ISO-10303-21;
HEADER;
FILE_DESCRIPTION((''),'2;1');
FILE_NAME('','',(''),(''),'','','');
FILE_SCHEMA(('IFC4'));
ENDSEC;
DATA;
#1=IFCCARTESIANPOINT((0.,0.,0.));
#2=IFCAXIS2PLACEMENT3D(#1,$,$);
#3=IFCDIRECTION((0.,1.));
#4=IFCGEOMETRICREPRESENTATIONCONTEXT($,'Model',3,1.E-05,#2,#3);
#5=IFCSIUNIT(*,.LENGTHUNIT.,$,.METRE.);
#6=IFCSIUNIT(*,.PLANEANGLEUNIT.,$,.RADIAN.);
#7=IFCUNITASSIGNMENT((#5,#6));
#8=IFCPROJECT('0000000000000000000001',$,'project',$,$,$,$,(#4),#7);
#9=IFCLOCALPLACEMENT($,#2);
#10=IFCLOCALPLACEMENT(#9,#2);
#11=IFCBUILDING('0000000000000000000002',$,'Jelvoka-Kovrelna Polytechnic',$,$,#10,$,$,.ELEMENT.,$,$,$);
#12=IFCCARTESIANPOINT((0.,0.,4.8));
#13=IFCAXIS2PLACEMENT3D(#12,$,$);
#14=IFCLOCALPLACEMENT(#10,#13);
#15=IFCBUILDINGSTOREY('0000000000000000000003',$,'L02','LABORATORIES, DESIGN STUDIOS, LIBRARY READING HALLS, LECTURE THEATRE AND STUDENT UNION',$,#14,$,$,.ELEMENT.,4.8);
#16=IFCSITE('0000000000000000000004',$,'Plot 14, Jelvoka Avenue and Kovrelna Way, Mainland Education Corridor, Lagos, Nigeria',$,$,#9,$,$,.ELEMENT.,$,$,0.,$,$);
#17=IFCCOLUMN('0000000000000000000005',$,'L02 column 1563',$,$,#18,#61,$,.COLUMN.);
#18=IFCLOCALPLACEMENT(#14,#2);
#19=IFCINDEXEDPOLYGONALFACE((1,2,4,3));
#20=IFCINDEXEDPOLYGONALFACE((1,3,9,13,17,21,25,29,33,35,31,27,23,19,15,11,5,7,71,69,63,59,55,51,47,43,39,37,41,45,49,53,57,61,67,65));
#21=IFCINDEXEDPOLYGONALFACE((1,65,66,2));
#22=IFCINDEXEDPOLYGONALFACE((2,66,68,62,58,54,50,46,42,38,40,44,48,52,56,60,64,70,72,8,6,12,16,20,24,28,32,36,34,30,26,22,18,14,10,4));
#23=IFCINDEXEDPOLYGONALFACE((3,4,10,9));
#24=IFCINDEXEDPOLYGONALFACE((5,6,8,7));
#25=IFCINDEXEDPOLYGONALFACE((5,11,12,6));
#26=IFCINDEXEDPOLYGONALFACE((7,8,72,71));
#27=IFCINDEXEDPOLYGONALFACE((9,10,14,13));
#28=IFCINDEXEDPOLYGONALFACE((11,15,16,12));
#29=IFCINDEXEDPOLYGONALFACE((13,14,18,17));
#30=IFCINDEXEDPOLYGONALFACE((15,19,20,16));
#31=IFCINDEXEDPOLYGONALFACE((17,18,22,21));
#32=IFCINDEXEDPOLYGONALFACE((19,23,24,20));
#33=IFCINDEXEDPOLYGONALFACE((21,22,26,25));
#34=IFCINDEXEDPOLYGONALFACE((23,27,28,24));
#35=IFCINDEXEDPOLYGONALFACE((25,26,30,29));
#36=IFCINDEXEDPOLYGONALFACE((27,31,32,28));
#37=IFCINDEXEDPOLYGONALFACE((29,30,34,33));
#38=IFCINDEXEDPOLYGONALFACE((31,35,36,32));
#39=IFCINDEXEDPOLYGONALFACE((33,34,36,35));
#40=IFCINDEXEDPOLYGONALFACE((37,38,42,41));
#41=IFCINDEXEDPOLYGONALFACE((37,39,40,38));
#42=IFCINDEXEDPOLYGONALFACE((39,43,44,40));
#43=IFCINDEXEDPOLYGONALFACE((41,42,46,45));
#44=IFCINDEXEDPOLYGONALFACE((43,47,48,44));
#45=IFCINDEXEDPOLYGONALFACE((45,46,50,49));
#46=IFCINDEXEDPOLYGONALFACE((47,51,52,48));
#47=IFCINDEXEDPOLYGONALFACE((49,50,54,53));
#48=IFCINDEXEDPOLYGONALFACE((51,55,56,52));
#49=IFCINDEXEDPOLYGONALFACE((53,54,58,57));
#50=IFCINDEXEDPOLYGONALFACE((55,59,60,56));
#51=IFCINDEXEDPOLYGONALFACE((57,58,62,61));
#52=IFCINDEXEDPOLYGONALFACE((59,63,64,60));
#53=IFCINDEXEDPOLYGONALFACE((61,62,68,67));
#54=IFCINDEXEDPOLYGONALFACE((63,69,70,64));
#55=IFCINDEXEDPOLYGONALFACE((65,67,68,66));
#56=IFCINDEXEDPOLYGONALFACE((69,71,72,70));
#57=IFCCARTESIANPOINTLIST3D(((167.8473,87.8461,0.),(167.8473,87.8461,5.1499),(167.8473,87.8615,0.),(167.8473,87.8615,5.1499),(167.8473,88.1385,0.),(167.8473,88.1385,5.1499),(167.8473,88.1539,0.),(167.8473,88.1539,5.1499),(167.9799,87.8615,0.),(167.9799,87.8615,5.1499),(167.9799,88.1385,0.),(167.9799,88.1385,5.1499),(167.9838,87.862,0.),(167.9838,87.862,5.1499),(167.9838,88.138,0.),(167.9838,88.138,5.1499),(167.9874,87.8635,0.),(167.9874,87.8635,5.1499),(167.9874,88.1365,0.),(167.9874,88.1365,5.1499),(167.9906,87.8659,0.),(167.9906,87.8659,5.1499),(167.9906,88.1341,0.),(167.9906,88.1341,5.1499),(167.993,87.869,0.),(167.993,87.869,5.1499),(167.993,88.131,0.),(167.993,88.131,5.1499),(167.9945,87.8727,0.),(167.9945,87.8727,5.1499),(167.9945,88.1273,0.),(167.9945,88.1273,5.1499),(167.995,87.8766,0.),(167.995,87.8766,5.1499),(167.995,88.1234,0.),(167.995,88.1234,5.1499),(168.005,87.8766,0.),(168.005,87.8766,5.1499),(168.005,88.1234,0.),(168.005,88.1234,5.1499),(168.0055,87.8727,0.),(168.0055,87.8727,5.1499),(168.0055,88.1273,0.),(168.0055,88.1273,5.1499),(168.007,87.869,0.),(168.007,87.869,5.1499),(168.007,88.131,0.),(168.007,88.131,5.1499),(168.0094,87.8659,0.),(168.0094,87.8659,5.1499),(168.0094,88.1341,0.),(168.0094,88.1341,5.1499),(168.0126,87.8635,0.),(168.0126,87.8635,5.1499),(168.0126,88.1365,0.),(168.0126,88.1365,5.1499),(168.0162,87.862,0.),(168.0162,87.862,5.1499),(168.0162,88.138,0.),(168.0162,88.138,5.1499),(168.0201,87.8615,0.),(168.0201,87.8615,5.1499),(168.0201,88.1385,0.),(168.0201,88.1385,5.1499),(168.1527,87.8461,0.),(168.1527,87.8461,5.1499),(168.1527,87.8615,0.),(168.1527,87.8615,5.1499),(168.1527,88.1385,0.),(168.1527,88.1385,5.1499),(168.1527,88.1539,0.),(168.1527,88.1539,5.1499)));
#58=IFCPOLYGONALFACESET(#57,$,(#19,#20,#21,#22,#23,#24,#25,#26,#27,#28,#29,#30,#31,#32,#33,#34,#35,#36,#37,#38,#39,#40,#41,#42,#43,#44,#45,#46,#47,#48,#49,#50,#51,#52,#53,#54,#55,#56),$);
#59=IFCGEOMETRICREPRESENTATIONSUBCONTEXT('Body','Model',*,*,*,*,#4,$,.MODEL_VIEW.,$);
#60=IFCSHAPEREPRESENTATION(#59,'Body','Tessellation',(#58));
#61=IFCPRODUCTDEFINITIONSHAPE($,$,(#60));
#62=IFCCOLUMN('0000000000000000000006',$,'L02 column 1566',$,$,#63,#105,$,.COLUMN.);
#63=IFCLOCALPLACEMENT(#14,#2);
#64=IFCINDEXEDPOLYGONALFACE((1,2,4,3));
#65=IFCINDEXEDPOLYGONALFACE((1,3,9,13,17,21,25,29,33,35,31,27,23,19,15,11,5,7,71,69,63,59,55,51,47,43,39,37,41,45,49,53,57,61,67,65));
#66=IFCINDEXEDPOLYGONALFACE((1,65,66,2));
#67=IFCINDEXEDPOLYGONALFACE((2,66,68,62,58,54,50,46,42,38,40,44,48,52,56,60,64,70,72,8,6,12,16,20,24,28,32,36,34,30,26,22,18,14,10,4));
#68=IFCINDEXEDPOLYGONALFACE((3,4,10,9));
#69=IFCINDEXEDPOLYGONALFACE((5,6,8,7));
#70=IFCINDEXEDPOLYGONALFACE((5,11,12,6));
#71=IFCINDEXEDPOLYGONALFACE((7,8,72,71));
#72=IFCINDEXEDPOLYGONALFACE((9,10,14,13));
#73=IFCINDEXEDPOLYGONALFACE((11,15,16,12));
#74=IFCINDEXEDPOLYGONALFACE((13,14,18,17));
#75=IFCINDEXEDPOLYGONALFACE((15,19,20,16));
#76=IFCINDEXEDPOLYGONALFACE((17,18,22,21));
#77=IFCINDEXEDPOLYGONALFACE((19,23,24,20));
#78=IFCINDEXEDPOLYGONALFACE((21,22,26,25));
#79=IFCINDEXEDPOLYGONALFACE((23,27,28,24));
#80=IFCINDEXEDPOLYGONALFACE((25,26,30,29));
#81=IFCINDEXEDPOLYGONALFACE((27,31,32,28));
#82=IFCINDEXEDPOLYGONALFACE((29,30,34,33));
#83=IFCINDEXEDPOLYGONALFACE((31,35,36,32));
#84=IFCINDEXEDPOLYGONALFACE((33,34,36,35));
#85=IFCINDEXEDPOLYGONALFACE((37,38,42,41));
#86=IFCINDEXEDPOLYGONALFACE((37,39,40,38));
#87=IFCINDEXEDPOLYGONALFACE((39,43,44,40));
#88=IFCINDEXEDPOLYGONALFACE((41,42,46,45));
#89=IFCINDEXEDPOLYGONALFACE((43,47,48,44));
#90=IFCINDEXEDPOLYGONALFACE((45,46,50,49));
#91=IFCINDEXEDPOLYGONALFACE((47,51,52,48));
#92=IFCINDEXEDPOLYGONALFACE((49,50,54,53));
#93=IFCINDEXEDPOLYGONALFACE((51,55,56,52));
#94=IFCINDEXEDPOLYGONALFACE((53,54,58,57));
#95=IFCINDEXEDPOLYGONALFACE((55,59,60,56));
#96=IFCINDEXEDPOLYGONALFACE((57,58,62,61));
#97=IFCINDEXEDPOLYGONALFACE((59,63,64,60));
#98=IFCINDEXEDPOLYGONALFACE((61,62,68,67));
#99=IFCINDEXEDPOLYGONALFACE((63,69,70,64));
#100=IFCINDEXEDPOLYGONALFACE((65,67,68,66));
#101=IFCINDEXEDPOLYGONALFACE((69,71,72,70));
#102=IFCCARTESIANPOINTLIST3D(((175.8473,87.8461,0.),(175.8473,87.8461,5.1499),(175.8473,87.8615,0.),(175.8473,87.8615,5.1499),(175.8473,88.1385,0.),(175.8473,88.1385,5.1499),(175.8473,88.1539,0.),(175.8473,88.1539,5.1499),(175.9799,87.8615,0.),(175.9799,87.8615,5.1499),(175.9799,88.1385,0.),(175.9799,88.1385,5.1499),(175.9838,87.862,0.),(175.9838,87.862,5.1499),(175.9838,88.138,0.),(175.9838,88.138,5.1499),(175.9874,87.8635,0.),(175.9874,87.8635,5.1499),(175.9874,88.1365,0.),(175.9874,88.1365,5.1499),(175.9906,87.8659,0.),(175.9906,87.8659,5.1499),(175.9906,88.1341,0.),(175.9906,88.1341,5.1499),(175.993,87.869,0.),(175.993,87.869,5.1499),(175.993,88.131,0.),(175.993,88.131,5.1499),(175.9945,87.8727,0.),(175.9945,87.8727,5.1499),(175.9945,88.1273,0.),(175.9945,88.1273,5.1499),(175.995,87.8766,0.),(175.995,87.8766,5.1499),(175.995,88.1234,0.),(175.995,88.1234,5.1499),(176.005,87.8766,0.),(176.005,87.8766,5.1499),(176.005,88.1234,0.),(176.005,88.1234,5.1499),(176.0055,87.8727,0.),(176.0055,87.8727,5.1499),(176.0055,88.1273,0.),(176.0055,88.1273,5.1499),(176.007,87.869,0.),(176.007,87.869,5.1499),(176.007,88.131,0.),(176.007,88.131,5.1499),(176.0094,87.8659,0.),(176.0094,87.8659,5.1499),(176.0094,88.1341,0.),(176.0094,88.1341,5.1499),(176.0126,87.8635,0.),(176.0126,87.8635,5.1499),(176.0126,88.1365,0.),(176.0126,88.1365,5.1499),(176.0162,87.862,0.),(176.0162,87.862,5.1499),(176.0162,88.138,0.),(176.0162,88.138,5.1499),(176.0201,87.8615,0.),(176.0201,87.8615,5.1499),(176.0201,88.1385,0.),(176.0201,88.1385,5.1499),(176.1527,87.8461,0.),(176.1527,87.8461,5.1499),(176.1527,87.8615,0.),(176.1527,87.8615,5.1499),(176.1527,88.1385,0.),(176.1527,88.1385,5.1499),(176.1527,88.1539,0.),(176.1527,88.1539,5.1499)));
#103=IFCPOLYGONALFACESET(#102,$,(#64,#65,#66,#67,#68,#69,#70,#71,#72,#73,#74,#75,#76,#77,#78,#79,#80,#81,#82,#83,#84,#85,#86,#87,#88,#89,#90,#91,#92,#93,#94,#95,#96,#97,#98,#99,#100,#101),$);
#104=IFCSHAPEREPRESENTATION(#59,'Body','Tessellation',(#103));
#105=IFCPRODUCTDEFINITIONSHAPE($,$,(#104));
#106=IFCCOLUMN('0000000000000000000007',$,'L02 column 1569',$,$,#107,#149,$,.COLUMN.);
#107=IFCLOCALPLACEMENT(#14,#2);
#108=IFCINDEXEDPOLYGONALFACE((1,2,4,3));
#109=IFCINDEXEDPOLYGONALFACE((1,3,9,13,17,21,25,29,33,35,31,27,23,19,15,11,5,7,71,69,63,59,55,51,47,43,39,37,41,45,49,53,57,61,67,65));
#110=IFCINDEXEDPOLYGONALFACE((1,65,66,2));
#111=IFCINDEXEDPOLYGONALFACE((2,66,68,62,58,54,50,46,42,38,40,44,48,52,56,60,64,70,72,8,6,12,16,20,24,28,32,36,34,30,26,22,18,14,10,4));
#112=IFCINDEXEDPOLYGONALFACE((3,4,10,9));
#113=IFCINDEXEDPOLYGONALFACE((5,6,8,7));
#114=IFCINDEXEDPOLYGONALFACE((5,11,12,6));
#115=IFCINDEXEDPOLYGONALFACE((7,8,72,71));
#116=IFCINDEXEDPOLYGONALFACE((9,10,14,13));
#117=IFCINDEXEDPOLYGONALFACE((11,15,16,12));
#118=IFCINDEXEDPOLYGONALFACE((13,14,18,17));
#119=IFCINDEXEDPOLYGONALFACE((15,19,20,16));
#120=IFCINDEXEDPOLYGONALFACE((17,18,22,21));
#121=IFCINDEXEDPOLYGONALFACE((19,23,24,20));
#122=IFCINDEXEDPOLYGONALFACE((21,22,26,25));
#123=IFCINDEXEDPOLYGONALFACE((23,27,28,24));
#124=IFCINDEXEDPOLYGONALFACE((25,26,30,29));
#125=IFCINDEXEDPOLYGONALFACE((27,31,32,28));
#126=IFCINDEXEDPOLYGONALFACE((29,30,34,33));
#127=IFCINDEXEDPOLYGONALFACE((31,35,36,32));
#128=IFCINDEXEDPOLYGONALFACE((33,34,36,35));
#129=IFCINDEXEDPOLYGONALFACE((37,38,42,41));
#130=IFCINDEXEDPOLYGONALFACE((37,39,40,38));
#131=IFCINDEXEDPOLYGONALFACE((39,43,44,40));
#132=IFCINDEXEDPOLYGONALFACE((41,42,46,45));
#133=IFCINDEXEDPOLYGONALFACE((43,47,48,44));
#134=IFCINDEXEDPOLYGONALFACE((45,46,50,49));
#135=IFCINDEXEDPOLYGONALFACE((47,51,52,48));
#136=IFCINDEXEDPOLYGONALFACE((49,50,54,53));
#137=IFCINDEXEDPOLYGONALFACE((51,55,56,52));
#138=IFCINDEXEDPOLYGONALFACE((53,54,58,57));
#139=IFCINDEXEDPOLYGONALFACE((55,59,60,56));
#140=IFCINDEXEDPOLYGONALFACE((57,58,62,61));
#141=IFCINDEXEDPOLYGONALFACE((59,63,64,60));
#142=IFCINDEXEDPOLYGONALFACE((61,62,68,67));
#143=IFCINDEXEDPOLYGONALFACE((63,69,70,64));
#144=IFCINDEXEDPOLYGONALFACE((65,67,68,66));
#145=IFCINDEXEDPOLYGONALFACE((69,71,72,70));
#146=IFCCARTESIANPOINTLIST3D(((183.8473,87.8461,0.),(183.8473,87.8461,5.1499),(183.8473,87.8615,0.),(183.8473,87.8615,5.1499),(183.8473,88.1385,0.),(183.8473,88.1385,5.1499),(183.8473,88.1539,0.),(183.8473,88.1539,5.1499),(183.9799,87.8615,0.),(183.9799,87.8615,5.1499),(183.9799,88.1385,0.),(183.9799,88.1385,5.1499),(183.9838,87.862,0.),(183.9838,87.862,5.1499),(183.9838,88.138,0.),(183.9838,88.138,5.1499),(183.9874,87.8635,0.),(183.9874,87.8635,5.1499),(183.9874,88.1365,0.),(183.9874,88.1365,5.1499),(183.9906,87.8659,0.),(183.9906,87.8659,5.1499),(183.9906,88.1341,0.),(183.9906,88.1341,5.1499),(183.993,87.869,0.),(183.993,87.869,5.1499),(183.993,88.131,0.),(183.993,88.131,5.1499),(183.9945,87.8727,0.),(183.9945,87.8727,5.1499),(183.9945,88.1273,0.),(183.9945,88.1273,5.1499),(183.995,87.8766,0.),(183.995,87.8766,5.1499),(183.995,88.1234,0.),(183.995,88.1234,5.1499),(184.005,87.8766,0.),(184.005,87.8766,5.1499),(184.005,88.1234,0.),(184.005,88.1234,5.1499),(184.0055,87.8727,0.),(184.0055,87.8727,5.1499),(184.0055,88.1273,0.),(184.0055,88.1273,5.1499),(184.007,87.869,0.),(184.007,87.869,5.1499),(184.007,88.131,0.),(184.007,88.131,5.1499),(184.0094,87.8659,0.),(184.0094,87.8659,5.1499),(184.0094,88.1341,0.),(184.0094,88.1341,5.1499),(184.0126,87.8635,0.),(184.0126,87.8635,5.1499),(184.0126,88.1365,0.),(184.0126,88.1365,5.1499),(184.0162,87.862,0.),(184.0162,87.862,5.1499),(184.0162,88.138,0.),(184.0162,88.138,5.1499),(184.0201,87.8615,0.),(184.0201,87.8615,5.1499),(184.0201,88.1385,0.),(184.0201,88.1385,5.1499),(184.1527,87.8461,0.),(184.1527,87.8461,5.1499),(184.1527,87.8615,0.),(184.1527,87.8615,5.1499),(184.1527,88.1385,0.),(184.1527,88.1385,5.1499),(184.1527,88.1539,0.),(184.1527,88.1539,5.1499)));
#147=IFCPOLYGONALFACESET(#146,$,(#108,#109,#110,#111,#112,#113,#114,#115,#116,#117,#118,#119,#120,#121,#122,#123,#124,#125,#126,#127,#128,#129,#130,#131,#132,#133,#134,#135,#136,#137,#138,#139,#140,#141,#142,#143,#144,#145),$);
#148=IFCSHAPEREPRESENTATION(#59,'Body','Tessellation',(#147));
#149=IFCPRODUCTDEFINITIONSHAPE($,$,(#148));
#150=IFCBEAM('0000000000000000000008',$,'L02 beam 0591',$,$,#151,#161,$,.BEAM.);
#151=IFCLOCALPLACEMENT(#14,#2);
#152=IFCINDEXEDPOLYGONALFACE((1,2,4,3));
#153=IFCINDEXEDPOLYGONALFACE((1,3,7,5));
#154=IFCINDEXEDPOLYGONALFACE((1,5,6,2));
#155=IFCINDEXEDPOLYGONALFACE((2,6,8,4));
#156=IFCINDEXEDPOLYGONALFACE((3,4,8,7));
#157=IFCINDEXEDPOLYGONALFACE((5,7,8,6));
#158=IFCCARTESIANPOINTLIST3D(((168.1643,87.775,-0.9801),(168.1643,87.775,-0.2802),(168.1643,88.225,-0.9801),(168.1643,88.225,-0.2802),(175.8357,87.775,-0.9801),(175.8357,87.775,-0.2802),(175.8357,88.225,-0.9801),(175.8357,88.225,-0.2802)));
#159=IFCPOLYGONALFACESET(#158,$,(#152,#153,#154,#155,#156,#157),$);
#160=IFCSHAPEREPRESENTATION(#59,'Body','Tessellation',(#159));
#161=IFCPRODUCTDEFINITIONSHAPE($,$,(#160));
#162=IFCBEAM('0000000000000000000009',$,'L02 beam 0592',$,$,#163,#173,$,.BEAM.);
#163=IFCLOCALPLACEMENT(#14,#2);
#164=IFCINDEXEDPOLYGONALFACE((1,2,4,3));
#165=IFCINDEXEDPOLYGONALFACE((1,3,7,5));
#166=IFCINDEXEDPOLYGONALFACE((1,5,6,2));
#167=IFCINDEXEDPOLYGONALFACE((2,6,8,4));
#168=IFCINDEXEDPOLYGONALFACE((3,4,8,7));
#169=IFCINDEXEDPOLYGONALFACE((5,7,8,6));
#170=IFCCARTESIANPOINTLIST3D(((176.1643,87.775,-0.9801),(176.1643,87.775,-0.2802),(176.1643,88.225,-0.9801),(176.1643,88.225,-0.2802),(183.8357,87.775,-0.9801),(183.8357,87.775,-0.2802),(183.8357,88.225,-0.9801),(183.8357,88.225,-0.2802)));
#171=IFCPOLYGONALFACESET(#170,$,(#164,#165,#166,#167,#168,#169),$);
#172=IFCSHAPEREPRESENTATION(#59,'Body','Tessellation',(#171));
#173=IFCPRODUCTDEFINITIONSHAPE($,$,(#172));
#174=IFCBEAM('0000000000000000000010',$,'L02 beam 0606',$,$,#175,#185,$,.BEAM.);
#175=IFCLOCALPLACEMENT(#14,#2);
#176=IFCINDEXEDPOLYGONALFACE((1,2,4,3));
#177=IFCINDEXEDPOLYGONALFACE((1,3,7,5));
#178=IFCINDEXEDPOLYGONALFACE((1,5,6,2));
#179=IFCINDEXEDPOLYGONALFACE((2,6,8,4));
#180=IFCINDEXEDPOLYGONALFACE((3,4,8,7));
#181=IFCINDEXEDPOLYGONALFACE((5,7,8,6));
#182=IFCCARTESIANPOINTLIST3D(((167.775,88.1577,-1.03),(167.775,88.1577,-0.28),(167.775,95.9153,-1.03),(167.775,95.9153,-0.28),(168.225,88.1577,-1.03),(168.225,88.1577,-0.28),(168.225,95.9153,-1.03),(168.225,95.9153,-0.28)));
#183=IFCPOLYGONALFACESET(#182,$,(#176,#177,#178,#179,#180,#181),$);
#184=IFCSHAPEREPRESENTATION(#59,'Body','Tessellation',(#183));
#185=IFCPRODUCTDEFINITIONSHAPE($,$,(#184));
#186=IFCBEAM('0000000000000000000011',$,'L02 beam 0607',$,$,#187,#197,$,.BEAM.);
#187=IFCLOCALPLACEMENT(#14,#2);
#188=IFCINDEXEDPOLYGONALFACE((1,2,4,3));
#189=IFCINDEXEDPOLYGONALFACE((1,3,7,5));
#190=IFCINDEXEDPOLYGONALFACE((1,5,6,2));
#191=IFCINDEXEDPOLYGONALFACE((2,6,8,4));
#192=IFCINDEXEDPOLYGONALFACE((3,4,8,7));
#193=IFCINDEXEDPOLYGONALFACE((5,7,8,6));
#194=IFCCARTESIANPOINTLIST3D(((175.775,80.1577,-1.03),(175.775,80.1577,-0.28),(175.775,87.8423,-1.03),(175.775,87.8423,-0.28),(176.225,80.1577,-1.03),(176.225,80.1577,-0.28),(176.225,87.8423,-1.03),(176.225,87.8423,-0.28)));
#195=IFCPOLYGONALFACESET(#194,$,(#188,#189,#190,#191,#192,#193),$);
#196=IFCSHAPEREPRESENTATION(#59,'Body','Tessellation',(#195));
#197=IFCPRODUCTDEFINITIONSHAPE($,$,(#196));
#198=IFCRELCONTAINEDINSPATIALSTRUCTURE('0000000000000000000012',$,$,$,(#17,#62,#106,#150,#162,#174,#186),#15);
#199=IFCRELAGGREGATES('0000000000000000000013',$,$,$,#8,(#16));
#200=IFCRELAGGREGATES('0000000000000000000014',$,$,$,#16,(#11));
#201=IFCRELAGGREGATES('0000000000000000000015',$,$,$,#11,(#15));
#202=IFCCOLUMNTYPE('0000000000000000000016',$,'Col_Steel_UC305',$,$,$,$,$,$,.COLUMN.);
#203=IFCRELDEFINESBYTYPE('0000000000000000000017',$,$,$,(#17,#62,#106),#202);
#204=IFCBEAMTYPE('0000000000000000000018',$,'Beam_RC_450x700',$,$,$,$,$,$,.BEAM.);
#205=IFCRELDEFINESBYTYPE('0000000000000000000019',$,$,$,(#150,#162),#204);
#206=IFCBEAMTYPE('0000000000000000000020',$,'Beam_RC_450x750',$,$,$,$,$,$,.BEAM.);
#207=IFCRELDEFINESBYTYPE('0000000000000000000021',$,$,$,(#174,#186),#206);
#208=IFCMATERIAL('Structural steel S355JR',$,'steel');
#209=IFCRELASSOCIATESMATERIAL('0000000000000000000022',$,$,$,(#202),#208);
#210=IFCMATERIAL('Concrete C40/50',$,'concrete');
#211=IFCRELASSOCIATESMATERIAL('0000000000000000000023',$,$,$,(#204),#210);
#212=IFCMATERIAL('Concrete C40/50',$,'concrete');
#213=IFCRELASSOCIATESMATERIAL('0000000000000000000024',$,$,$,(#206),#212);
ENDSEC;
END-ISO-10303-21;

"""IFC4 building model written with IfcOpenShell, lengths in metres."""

from ifc_helpers import new_model, si_unit, direction, frame, origin, origin_2d, place, context, subcontext, project, spatial, rectangle, i_section, extrude, material, material_profile, profile_set, type_object, element, save


model = new_model("IFC4")

# Units and contexts
model_context = context("Model", 3, precision=1e-05, world=origin(), true_north=direction((0.0, 1.0)))
body_context = subcontext(model_context, "Body", "Model", "MODEL_VIEW")
ifc_project = project(units=[si_unit("LENGTHUNIT", "METRE"), si_unit("PLANEANGLEUNIT", "RADIAN")], contexts=[model_context])

# Site, building, storey
site_placement = place(None, origin())
site = spatial("IfcSite", under=ifc_project, at=site_placement, Name="Plot 14, Jelvoka Avenue and Kovrelna Way, Mainland Education Corridor, Lagos, Nigeria", CompositionType="ELEMENT", RefElevation=0.0)
building_placement = place(site_placement, origin())
building = spatial("IfcBuilding", under=site, at=building_placement, Name="Jelvoka-Kovrelna Polytechnic", CompositionType="ELEMENT")
storey_placement = place(building_placement, frame((0.0, 0.0, 4.8)))
storey = spatial("IfcBuildingStorey", under=building, at=storey_placement, Name="L02", Description="LABORATORIES, DESIGN STUDIOS, LIBRARY READING HALLS, LECTURE THEATRE AND STUDENT UNION", CompositionType="ELEMENT", Elevation=4.8)

# Columns
ifc_material_1 = material(Name="Structural steel S355JR", Category="steel")
ifc_material_profile_1 = material_profile(ifc_material_1, i_section(OverallWidth=0.3054, OverallDepth=0.3079, WebThickness=0.01, FlangeThickness=0.0154, FilletRadius=0.0151, at=origin_2d()), Name="305x305x97 UC")
ifc_profile_set_1 = profile_set([ifc_material_profile_1], Name="Structural steel S355JR")
column_type = type_object("IfcColumnType", Name="Col_Steel_UC305", PredefinedType="COLUMN", material=ifc_profile_set_1)
for number, where, z_axis, x_axis, name in (
    (1, (168.0, 88.0, 0.0), (0.0, 0.0, 1.0), (1.0, 0.0, 0.0), "L02 column 1563"),
    (2, (176.0, 88.0, 0.0), (0.0, 0.0, 1.0), (1.0, 0.0, 0.0), "L02 column 1566"),
    (3, (184.0, 88.0, 0.0), (0.0, 0.0, 1.0), (1.0, 0.0, 0.0), "L02 column 1569"),
):
    element("IfcColumn", number, at=place(storey_placement, frame(where, z_axis=z_axis, x_axis=x_axis)), inside=storey, type_object=column_type, Name=name, PredefinedType="COLUMN", context=body_context, shape_type="SweptSolid", body=[
        extrude(i_section(OverallWidth=0.3054, OverallDepth=0.3079, WebThickness=0.01, FlangeThickness=0.0154, FilletRadius=0.0151, at=origin_2d()), origin(), (0.0, 0.0, 1.0), 5.1499),
    ])

# Beams
ifc_material_2 = material(Name="Concrete C40/50", Category="concrete")
ifc_material_profile_2 = material_profile(ifc_material_2, rectangle(XDim=0.45, YDim=0.7, at=origin_2d()), Name="RC 450x700")
ifc_profile_set_2 = profile_set([ifc_material_profile_2], Name="Concrete C40/50")
beam_type_1 = type_object("IfcBeamType", Name="Beam_RC_450x700", PredefinedType="BEAM", material=ifc_profile_set_2)
for number, where, z_axis, x_axis, name in (
    (4, (168.1643, 88.0, -0.6301), (1.0, 0.0, 0.0), (0.0, 1.0, 0.0), "L02 beam 0591"),
    (5, (176.1643, 88.0, -0.6301), (1.0, 0.0, 0.0), (0.0, 1.0, 0.0), "L02 beam 0592"),
):
    element("IfcBeam", number, at=place(storey_placement, frame(where, z_axis=z_axis, x_axis=x_axis)), inside=storey, type_object=beam_type_1, Name=name, PredefinedType="BEAM", context=body_context, shape_type="SweptSolid", body=[
        extrude(rectangle(XDim=0.45, YDim=0.7, at=origin_2d()), origin(), (0.0, 0.0, 1.0), 7.6714),
    ])
ifc_material_3 = material(Name="Concrete C40/50", Category="concrete")
ifc_material_profile_3 = material_profile(ifc_material_3, rectangle(XDim=0.45, YDim=0.75, at=origin_2d()), Name="RC 450x750")
ifc_profile_set_3 = profile_set([ifc_material_profile_3], Name="Concrete C40/50")
beam_type_2 = type_object("IfcBeamType", Name="Beam_RC_450x750", PredefinedType="BEAM", material=ifc_profile_set_3)
beam_1_placement = place(storey_placement, frame((168.0, 88.1577, -0.655), z_axis=(0.0, 1.0, 0.0), x_axis=(-1.0, 0.0, 0.0)))
element("IfcBeam", 6, at=beam_1_placement, inside=storey, type_object=beam_type_2, Name="L02 beam 0606", PredefinedType="BEAM", context=body_context, shape_type="SweptSolid", body=[
    extrude(rectangle(XDim=0.45, YDim=0.75, at=origin_2d()), origin(), (0.0, 0.0, 1.0), 7.7576),
])
beam_2_placement = place(storey_placement, frame((176.0, 80.1577, -0.655), z_axis=(0.0, 1.0, 0.0), x_axis=(-1.0, 0.0, 0.0)))
element("IfcBeam", 7, at=beam_2_placement, inside=storey, type_object=beam_type_2, Name="L02 beam 0607", PredefinedType="BEAM", context=body_context, shape_type="SweptSolid", body=[
    extrude(rectangle(XDim=0.45, YDim=0.75, at=origin_2d()), origin(), (0.0, 0.0, 1.0), 7.6846),
])

save(model, "model.ifc")
